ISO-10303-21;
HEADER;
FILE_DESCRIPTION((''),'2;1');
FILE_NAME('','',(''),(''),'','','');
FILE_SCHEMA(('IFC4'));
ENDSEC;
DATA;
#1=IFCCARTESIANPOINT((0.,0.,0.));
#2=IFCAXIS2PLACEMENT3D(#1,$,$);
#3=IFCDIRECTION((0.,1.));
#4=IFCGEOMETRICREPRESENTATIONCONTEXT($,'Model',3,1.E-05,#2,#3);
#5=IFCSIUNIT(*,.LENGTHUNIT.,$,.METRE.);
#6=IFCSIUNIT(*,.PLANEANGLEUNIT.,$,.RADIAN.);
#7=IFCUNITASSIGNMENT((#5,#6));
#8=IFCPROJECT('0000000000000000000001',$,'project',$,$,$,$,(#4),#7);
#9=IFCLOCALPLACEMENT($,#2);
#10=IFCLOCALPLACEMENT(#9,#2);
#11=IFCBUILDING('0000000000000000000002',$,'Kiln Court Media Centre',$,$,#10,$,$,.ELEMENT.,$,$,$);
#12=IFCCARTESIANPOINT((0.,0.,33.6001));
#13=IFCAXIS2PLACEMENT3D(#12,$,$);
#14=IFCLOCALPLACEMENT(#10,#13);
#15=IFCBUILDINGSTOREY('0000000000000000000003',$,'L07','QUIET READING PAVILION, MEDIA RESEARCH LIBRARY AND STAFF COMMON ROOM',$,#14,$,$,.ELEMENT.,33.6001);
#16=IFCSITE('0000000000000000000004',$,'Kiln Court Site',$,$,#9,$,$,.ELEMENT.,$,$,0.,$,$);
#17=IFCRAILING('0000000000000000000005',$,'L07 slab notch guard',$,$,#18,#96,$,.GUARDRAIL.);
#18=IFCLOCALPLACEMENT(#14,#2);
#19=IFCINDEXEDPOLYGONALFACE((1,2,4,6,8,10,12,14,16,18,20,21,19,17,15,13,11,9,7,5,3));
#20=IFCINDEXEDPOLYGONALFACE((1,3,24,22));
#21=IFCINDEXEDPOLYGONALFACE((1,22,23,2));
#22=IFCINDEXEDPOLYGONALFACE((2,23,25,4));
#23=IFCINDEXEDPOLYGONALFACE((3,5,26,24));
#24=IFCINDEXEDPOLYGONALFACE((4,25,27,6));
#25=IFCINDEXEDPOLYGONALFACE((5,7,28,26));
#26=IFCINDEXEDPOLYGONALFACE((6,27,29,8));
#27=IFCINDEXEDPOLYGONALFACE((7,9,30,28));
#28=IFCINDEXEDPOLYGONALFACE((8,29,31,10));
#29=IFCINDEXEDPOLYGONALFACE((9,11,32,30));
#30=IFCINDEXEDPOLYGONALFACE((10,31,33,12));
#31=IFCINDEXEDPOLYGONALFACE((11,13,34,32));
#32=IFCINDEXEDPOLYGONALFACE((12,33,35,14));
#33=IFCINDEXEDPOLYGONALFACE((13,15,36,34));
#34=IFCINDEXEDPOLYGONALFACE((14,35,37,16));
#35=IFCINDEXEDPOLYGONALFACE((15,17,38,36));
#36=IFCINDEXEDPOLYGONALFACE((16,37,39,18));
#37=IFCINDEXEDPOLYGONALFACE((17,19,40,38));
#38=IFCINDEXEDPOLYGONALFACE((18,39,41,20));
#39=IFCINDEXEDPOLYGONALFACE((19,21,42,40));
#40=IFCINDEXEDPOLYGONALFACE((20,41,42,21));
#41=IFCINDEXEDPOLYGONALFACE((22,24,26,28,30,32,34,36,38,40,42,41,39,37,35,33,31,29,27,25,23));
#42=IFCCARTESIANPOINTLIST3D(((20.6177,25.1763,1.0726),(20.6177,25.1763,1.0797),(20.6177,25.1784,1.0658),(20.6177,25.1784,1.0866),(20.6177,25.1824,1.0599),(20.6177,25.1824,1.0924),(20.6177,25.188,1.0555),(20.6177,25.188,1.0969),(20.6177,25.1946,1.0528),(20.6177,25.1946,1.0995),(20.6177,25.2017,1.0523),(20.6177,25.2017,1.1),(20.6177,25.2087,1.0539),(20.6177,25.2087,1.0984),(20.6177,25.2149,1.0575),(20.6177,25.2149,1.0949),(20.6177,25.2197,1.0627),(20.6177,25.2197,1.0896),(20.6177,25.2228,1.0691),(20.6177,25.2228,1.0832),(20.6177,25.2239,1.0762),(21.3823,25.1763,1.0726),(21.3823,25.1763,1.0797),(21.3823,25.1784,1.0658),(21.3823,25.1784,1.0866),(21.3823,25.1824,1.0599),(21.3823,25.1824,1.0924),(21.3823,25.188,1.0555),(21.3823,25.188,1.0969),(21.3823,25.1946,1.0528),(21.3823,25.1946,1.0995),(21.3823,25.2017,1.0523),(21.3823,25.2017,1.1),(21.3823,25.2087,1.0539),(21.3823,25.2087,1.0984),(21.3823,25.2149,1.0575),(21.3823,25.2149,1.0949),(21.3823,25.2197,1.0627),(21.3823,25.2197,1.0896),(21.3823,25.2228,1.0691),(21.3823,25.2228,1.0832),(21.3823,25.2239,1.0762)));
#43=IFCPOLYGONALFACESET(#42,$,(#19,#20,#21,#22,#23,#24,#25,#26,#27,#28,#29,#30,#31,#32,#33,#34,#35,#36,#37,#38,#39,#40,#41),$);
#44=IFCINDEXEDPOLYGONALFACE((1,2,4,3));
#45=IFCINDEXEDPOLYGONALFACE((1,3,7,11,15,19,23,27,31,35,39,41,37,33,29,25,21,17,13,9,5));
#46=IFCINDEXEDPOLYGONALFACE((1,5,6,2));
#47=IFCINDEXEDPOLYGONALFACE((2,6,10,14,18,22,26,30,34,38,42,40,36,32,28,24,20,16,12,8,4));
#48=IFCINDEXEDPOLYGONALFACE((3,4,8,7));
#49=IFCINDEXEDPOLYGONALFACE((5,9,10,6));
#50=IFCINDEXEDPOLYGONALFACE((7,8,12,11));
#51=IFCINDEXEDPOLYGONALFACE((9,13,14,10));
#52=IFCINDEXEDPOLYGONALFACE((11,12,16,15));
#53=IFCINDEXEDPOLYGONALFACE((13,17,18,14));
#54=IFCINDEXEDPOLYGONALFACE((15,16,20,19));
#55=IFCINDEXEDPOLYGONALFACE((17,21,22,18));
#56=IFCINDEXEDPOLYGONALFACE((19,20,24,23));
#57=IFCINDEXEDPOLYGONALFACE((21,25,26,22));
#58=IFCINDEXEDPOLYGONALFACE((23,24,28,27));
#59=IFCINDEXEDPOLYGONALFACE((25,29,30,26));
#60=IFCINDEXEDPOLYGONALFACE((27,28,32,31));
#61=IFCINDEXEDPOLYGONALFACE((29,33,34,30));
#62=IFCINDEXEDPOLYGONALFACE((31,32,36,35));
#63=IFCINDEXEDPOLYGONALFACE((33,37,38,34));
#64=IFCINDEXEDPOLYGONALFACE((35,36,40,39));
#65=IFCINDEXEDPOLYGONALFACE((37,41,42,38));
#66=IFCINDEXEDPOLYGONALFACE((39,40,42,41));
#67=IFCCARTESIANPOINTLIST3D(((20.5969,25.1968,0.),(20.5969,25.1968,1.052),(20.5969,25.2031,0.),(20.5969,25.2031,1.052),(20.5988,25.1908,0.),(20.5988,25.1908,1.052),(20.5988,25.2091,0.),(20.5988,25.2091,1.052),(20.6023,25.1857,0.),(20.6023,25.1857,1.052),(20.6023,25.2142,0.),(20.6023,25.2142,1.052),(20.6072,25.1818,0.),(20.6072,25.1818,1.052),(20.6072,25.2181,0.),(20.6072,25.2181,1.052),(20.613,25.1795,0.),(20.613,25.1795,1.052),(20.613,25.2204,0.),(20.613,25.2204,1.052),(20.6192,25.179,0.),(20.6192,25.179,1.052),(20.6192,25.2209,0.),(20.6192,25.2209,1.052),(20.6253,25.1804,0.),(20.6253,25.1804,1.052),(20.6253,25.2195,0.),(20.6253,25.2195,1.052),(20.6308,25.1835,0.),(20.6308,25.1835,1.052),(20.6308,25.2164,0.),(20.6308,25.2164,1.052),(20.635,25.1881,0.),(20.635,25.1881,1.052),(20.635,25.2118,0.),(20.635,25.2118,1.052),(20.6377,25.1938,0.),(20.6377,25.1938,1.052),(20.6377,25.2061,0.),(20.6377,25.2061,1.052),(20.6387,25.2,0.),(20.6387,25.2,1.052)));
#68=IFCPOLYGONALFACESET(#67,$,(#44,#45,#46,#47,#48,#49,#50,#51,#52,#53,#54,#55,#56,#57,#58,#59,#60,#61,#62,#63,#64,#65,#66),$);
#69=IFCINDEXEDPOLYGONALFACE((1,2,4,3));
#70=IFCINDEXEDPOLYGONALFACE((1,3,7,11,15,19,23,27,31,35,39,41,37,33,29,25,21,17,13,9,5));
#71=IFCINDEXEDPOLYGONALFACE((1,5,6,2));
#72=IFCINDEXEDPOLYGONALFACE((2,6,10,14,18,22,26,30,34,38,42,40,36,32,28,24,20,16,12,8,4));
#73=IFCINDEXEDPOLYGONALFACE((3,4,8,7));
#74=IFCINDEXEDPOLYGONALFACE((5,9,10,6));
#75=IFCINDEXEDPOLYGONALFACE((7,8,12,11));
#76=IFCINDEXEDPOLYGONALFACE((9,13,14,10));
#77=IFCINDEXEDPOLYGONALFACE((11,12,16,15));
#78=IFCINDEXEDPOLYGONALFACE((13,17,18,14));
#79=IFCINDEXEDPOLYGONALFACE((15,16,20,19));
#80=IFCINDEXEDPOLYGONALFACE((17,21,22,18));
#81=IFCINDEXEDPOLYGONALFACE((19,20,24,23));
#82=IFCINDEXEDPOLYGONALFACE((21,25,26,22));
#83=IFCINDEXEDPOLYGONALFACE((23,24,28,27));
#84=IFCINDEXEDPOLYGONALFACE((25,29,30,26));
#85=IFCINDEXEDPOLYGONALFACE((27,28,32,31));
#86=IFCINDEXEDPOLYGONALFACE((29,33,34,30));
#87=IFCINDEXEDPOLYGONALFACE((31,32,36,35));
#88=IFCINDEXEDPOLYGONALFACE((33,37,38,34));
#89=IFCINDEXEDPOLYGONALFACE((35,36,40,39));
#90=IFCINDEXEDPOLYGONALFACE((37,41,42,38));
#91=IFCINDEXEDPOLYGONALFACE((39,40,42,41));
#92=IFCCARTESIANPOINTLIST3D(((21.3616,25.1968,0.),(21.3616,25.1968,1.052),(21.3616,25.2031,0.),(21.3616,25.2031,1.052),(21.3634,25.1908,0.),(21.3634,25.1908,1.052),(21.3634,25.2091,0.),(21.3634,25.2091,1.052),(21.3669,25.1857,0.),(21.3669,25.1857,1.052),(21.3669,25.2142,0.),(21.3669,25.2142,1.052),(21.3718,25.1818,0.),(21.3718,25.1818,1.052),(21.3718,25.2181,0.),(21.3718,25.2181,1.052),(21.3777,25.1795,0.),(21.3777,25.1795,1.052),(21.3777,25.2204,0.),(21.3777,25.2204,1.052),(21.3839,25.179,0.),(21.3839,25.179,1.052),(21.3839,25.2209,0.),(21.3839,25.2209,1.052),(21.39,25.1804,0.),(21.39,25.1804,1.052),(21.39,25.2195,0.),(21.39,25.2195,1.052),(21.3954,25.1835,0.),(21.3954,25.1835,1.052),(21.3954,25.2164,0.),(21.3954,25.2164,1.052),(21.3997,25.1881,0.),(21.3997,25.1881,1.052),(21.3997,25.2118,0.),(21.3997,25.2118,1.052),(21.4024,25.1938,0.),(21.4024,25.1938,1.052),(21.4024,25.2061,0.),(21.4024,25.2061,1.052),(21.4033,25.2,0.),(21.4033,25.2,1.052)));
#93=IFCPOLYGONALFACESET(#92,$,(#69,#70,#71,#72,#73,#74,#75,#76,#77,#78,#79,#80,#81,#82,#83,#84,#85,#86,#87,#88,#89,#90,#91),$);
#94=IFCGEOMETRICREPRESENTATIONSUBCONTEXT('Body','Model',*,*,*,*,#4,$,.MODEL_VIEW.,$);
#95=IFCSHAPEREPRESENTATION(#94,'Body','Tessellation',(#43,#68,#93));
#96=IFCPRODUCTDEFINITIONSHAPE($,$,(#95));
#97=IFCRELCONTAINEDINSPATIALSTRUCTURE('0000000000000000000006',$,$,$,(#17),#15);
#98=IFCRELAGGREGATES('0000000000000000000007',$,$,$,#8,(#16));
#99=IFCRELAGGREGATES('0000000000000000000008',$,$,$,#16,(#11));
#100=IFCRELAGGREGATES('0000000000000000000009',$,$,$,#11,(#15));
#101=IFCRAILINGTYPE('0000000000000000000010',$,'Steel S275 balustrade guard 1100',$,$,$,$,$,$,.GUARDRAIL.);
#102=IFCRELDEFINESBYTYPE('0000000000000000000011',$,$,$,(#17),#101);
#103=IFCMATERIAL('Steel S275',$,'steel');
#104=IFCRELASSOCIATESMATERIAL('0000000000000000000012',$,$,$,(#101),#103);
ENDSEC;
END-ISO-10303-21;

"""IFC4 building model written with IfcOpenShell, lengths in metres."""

from ifc_helpers import new_model, si_unit, direction, frame, origin, origin_2d, place, context, subcontext, project, spatial, circle, extrude, material, type_object, element, save


model = new_model("IFC4")

# Units and contexts
model_context = context("Model", 3, precision=1e-05, world=origin(), true_north=direction((0.0, 1.0)))
body_context = subcontext(model_context, "Body", "Model", "MODEL_VIEW")
ifc_project = project(units=[si_unit("LENGTHUNIT", "METRE"), si_unit("PLANEANGLEUNIT", "RADIAN")], contexts=[model_context])

# Site, building, storey
site_placement = place(None, origin())
site = spatial("IfcSite", under=ifc_project, at=site_placement, Name="Kiln Court Site", CompositionType="ELEMENT", RefElevation=0.0)
building_placement = place(site_placement, origin())
building = spatial("IfcBuilding", under=site, at=building_placement, Name="Kiln Court Media Centre", CompositionType="ELEMENT")
storey_placement = place(building_placement, frame((0.0, 0.0, 33.6001)))
storey = spatial("IfcBuildingStorey", under=building, at=storey_placement, Name="L07", Description="QUIET READING PAVILION, MEDIA RESEARCH LIBRARY AND STAFF COMMON ROOM", CompositionType="ELEMENT", Elevation=33.6001)

# Railing
ifc_material_1 = material(Name="Steel S275", Category="steel")
railing_type = type_object("IfcRailingType", Name="Steel S275 balustrade guard 1100", PredefinedType="GUARDRAIL", material=ifc_material_1)
for number, where, name in (
    (1, (20.6177, 25.2, 0.0), "L07 slab notch guard"),
):
    element("IfcRailing", number, at=place(storey_placement, frame(where)), inside=storey, type_object=railing_type, Name=name, PredefinedType="GUARDRAIL", context=body_context, shape_type="SweptSolid", body=[
        extrude(circle(Radius=0.0239, at=origin_2d()), frame((0.0, 0.0, 1.0762), z_axis=(1.0, 0.0, 0.0), x_axis=(0.0, 1.0, 0.0)), (0.0, 0.0, 1.0), 0.7646),
        extrude(circle(Radius=0.021, at=origin_2d()), origin(), (0.0, 0.0, 1.0), 1.052),
        extrude(circle(Radius=0.021, at=origin_2d()), frame((0.7646, 0.0, 0.0)), (0.0, 0.0, 1.0), 1.052),
    ])

save(model, "model.ifc")
